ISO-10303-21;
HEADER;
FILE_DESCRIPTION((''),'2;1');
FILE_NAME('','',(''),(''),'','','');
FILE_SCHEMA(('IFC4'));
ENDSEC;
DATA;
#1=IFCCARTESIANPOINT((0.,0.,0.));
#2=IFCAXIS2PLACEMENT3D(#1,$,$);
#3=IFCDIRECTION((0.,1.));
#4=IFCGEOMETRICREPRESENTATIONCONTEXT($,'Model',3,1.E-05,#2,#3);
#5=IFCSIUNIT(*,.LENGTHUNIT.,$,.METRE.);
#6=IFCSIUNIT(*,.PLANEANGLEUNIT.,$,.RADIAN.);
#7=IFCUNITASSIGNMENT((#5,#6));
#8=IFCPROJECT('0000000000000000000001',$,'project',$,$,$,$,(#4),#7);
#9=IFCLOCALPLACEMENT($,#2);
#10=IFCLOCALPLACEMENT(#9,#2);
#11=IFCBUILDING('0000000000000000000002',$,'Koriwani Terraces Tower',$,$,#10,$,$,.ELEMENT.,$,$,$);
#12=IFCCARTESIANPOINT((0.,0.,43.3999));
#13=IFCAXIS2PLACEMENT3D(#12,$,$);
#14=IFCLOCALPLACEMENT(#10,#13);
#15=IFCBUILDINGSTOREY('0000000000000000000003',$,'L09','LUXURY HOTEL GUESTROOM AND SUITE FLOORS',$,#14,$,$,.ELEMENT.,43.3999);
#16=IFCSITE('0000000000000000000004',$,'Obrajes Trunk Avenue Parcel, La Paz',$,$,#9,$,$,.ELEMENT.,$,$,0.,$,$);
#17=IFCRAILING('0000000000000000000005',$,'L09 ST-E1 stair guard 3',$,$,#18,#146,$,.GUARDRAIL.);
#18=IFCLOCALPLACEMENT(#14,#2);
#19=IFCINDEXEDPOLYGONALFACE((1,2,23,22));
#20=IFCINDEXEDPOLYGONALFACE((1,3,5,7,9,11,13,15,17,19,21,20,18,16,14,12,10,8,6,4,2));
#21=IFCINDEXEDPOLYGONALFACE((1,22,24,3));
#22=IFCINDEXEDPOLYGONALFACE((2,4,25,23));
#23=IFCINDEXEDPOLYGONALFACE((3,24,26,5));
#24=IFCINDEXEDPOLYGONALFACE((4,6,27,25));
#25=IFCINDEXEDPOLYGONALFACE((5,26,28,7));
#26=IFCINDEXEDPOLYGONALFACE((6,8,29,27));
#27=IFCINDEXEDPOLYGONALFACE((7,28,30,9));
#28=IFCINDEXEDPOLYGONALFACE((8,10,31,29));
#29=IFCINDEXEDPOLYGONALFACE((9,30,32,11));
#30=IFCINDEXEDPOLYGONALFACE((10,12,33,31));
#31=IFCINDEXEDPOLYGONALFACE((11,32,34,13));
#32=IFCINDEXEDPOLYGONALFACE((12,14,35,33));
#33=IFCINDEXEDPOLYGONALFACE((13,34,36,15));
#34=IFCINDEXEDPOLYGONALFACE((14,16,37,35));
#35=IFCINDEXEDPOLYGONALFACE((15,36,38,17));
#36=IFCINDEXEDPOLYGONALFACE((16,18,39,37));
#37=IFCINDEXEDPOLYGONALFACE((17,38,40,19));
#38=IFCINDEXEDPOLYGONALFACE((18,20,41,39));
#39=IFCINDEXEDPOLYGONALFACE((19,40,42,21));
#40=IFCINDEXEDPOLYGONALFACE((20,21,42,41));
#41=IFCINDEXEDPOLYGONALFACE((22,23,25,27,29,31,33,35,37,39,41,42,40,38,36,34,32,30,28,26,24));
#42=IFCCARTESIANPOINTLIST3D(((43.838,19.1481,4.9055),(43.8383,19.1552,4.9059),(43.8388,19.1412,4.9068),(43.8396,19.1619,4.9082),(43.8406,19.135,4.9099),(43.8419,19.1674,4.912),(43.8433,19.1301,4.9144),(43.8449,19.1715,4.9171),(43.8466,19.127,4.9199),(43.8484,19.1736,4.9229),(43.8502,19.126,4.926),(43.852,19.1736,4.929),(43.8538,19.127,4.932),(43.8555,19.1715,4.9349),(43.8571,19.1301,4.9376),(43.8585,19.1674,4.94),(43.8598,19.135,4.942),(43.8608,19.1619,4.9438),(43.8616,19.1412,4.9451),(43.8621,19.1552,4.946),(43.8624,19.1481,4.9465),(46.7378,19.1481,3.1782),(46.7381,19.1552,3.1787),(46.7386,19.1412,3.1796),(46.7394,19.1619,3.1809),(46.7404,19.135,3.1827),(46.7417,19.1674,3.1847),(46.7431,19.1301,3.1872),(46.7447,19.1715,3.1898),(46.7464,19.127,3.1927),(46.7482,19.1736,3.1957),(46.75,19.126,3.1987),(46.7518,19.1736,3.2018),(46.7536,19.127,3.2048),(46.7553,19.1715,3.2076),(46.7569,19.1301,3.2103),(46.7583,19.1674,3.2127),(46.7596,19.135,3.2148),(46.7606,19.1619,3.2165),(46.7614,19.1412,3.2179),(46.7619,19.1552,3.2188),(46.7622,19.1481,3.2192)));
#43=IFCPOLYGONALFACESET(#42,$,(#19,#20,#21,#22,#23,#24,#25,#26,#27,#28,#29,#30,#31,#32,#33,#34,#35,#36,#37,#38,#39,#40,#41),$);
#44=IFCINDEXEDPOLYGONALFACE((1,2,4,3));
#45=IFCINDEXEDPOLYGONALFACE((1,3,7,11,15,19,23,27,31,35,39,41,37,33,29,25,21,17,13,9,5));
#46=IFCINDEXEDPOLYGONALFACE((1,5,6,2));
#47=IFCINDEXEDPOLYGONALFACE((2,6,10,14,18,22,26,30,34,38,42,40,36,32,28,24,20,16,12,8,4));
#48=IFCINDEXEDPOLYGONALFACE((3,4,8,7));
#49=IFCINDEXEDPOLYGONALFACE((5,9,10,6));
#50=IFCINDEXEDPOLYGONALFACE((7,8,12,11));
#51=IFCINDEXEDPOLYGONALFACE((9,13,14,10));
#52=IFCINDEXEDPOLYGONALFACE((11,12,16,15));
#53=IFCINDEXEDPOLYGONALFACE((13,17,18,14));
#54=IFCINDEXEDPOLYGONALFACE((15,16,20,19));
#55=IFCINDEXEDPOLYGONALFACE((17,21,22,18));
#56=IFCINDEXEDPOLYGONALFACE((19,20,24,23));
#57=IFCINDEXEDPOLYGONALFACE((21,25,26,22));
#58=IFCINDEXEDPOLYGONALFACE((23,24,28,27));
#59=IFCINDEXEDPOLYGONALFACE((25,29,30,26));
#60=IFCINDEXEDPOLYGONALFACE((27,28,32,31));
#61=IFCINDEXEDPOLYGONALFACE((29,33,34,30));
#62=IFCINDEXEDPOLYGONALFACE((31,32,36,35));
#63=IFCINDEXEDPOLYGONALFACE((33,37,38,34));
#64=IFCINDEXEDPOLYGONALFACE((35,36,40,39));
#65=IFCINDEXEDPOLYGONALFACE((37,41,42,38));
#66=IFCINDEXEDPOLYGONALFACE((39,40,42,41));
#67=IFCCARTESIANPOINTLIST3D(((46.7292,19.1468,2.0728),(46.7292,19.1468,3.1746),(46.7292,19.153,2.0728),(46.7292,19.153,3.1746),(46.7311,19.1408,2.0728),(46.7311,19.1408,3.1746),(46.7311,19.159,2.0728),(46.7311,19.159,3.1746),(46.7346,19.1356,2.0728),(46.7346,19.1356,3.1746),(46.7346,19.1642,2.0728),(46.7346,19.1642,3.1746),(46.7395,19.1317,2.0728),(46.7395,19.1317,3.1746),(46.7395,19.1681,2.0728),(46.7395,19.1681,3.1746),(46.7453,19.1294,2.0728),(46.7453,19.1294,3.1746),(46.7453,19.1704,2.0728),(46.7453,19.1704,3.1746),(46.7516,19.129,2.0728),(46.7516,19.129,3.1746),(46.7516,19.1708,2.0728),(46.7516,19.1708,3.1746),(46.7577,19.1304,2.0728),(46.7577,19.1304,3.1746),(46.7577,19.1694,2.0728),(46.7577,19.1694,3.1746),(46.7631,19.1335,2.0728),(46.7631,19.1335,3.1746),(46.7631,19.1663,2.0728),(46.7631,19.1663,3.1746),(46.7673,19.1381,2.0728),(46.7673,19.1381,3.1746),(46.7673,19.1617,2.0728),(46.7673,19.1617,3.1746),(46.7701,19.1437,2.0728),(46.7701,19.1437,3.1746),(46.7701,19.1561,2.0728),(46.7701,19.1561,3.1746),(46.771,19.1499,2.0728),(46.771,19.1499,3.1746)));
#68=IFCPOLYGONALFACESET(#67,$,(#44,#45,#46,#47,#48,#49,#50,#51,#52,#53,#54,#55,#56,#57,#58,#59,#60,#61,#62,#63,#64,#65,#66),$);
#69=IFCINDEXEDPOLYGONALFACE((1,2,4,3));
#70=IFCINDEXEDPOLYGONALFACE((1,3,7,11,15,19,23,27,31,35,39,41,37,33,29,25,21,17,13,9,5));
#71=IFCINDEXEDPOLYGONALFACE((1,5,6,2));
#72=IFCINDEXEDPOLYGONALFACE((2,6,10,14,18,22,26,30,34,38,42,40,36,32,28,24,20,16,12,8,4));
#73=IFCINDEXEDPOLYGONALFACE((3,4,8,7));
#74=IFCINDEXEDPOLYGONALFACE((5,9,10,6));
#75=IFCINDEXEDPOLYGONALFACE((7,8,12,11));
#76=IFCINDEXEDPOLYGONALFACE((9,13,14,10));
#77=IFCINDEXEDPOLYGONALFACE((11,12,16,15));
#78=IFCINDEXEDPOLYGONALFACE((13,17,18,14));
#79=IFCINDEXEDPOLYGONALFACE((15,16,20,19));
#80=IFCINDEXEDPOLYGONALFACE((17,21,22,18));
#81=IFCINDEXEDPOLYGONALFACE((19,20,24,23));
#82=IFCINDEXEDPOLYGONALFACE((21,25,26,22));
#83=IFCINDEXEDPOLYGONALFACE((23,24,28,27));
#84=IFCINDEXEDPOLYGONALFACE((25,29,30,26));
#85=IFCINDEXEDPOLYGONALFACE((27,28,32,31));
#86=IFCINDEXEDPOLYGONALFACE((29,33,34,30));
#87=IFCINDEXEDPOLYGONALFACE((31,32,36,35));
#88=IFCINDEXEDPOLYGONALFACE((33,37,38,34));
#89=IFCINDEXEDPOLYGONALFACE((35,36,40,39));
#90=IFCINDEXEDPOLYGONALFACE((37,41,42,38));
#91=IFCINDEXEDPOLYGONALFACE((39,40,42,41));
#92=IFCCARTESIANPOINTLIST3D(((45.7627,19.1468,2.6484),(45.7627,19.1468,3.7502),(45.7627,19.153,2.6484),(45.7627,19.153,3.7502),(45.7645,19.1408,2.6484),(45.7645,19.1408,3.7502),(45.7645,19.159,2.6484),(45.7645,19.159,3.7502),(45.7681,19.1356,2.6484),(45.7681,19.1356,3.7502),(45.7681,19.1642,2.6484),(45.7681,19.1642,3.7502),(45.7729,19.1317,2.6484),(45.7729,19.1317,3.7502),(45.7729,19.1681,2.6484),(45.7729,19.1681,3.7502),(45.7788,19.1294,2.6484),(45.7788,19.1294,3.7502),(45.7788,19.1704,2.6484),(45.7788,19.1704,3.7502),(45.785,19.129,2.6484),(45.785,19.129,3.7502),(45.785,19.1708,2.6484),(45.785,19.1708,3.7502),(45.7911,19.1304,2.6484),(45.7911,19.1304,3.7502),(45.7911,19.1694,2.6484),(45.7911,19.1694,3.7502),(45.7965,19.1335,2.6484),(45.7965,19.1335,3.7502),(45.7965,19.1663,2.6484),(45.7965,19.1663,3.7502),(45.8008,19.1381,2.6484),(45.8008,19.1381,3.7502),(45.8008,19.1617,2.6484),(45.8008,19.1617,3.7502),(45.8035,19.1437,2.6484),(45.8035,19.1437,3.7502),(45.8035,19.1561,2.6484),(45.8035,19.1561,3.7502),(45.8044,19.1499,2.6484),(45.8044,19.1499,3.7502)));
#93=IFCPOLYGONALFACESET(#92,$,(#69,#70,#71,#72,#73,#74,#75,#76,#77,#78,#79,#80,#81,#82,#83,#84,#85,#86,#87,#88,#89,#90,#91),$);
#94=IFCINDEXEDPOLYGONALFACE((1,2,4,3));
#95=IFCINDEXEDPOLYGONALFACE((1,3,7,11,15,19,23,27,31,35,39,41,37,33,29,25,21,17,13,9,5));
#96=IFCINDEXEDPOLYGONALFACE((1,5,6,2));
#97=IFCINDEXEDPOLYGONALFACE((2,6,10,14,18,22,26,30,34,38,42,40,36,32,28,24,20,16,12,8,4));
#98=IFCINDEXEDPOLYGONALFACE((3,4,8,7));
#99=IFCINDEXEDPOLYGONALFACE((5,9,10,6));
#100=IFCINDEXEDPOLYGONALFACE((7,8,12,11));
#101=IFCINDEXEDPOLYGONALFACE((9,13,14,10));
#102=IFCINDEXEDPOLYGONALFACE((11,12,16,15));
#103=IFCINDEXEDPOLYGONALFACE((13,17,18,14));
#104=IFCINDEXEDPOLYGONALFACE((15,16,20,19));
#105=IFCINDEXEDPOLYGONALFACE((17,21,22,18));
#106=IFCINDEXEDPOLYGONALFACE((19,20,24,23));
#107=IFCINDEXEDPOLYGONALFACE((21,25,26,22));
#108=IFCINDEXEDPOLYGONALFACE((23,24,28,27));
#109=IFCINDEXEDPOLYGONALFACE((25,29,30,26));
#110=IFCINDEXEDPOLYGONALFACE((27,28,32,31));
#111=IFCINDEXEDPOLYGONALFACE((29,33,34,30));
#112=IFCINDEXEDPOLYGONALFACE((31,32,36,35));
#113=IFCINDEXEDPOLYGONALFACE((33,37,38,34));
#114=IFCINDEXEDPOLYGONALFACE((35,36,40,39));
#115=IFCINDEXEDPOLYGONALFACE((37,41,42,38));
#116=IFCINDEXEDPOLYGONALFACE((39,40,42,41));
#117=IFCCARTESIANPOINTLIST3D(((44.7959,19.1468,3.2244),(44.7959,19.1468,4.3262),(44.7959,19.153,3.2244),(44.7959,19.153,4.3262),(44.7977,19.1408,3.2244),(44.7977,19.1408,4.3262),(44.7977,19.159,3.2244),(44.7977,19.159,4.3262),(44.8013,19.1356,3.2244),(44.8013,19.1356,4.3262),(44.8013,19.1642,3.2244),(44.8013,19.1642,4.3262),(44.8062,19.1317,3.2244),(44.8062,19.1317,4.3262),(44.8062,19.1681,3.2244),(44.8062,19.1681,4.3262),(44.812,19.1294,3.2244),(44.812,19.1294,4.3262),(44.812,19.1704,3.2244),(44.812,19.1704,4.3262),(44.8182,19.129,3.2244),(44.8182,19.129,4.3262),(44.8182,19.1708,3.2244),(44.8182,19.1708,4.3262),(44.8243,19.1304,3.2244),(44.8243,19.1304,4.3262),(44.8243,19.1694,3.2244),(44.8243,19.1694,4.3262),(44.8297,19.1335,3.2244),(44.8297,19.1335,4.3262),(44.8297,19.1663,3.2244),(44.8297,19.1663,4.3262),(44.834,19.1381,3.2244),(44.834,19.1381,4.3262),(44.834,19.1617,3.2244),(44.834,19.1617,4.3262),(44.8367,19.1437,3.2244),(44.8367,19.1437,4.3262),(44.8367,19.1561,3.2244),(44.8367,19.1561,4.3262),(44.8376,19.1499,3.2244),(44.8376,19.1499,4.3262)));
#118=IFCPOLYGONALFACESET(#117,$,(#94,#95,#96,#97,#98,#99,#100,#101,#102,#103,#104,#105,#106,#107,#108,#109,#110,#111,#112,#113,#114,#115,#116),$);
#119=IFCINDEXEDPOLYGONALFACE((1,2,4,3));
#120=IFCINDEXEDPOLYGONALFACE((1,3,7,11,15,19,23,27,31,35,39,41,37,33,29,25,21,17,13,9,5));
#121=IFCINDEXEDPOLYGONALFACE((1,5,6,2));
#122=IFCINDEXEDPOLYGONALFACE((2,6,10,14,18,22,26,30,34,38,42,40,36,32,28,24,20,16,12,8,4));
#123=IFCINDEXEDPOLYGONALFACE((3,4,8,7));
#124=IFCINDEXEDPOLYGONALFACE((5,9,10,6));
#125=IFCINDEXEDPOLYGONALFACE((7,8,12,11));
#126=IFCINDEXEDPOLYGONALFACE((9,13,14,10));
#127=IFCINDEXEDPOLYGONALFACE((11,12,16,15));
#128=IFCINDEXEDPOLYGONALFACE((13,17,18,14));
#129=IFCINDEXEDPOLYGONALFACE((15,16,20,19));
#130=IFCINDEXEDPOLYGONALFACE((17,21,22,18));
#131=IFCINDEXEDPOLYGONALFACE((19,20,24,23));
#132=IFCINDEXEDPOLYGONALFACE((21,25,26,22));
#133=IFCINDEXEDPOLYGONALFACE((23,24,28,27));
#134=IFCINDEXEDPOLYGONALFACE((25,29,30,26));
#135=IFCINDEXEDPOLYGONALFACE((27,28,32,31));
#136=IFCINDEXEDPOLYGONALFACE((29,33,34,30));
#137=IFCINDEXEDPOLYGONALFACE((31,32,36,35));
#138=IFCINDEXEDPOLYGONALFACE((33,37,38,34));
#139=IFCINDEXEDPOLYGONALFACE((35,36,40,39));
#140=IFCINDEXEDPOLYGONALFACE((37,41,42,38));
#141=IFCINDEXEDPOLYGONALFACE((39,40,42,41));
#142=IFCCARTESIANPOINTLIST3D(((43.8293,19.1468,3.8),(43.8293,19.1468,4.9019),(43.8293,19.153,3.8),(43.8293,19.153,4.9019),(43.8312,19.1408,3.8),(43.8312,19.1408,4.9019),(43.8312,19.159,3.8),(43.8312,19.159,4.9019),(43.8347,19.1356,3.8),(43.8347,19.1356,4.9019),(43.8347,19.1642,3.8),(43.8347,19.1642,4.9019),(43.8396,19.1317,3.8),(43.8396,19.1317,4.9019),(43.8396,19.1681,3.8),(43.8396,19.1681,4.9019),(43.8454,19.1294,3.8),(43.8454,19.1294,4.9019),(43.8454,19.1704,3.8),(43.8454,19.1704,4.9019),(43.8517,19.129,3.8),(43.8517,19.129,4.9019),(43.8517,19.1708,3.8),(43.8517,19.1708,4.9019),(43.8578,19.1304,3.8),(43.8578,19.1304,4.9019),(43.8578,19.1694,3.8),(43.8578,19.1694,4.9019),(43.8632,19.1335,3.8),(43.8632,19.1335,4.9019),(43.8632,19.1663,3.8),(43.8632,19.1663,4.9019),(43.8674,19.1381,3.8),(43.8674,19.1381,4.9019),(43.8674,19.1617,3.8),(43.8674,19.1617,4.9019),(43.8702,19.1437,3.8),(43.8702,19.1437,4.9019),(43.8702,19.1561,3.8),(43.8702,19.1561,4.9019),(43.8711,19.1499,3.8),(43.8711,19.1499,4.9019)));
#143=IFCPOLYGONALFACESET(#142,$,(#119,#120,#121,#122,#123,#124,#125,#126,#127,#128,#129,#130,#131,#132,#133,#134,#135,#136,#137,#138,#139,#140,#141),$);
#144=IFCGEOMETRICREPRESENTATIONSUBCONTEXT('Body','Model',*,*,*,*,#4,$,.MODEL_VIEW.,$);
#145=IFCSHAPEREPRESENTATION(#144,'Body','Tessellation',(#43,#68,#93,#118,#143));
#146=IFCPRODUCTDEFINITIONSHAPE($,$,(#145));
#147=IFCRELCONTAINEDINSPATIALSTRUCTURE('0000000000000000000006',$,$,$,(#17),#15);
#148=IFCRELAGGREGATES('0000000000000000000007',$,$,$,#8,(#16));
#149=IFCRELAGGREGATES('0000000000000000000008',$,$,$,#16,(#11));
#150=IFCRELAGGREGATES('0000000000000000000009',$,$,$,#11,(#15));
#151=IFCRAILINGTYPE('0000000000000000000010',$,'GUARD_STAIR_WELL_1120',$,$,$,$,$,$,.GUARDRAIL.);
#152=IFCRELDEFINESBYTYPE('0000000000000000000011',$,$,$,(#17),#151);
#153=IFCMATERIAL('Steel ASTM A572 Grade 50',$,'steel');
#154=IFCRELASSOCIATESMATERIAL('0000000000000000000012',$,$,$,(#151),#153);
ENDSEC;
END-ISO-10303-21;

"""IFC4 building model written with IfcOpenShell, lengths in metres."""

from ifc_helpers import new_model, si_unit, direction, frame, origin, origin_2d, place, context, subcontext, project, spatial, circle, extrude, material, type_object, element, save


model = new_model("IFC4")

# Units and contexts
model_context = context("Model", 3, precision=1e-05, world=origin(), true_north=direction((0.0, 1.0)))
body_context = subcontext(model_context, "Body", "Model", "MODEL_VIEW")
ifc_project = project(units=[si_unit("LENGTHUNIT", "METRE"), si_unit("PLANEANGLEUNIT", "RADIAN")], contexts=[model_context])

# Site, building, storey
site_placement = place(None, origin())
site = spatial("IfcSite", under=ifc_project, at=site_placement, Name="Obrajes Trunk Avenue Parcel, La Paz", CompositionType="ELEMENT", RefElevation=0.0)
building_placement = place(site_placement, origin())
building = spatial("IfcBuilding", under=site, at=building_placement, Name="Koriwani Terraces Tower", CompositionType="ELEMENT")
storey_placement = place(building_placement, frame((0.0, 0.0, 43.3999)))
storey = spatial("IfcBuildingStorey", under=building, at=storey_placement, Name="L09", Description="LUXURY HOTEL GUESTROOM AND SUITE FLOORS", CompositionType="ELEMENT", Elevation=43.3999)

# Shared definitions
ifc_material_1 = material(Name="Steel ASTM A572 Grade 50", Category="steel")

# Railing
railing_type_1 = type_object("IfcRailingType", Name="GUARD_STAIR_WELL_1120", PredefinedType="GUARDRAIL", material=ifc_material_1)
railing_1_placement = place(storey_placement, frame((46.75, 19.1499, 2.0728)))
element("IfcRailing", 1, at=railing_1_placement, inside=storey, type_object=railing_type_1, Name="L09 ST-E1 stair guard 3", PredefinedType="GUARDRAIL", context=body_context, shape_type="SweptSolid", body=[
    extrude(circle(Radius=0.0239, at=origin_2d()), frame((0.0, 0.0, 1.126), z_axis=(-0.859141, 0.0, 0.511738), x_axis=(0.0, -1.0, 0.0)), (0.0, 0.0, 1.0), 3.3752),
    extrude(circle(Radius=0.021, at=origin_2d()), origin(), (0.0, 0.0, 1.0), 1.1018),
    extrude(circle(Radius=0.021, at=origin_2d()), frame((-0.9666, 0.0, 0.5757)), (0.0, 0.0, 1.0), 1.1018),
    extrude(circle(Radius=0.021, at=origin_2d()), frame((-1.9333, 0.0, 1.1516)), (0.0, 0.0, 1.0), 1.1018),
    extrude(circle(Radius=0.021, at=origin_2d()), frame((-2.8999, 0.0, 1.7273)), (0.0, 0.0, 1.0), 1.1018),
])

save(model, "model.ifc")
